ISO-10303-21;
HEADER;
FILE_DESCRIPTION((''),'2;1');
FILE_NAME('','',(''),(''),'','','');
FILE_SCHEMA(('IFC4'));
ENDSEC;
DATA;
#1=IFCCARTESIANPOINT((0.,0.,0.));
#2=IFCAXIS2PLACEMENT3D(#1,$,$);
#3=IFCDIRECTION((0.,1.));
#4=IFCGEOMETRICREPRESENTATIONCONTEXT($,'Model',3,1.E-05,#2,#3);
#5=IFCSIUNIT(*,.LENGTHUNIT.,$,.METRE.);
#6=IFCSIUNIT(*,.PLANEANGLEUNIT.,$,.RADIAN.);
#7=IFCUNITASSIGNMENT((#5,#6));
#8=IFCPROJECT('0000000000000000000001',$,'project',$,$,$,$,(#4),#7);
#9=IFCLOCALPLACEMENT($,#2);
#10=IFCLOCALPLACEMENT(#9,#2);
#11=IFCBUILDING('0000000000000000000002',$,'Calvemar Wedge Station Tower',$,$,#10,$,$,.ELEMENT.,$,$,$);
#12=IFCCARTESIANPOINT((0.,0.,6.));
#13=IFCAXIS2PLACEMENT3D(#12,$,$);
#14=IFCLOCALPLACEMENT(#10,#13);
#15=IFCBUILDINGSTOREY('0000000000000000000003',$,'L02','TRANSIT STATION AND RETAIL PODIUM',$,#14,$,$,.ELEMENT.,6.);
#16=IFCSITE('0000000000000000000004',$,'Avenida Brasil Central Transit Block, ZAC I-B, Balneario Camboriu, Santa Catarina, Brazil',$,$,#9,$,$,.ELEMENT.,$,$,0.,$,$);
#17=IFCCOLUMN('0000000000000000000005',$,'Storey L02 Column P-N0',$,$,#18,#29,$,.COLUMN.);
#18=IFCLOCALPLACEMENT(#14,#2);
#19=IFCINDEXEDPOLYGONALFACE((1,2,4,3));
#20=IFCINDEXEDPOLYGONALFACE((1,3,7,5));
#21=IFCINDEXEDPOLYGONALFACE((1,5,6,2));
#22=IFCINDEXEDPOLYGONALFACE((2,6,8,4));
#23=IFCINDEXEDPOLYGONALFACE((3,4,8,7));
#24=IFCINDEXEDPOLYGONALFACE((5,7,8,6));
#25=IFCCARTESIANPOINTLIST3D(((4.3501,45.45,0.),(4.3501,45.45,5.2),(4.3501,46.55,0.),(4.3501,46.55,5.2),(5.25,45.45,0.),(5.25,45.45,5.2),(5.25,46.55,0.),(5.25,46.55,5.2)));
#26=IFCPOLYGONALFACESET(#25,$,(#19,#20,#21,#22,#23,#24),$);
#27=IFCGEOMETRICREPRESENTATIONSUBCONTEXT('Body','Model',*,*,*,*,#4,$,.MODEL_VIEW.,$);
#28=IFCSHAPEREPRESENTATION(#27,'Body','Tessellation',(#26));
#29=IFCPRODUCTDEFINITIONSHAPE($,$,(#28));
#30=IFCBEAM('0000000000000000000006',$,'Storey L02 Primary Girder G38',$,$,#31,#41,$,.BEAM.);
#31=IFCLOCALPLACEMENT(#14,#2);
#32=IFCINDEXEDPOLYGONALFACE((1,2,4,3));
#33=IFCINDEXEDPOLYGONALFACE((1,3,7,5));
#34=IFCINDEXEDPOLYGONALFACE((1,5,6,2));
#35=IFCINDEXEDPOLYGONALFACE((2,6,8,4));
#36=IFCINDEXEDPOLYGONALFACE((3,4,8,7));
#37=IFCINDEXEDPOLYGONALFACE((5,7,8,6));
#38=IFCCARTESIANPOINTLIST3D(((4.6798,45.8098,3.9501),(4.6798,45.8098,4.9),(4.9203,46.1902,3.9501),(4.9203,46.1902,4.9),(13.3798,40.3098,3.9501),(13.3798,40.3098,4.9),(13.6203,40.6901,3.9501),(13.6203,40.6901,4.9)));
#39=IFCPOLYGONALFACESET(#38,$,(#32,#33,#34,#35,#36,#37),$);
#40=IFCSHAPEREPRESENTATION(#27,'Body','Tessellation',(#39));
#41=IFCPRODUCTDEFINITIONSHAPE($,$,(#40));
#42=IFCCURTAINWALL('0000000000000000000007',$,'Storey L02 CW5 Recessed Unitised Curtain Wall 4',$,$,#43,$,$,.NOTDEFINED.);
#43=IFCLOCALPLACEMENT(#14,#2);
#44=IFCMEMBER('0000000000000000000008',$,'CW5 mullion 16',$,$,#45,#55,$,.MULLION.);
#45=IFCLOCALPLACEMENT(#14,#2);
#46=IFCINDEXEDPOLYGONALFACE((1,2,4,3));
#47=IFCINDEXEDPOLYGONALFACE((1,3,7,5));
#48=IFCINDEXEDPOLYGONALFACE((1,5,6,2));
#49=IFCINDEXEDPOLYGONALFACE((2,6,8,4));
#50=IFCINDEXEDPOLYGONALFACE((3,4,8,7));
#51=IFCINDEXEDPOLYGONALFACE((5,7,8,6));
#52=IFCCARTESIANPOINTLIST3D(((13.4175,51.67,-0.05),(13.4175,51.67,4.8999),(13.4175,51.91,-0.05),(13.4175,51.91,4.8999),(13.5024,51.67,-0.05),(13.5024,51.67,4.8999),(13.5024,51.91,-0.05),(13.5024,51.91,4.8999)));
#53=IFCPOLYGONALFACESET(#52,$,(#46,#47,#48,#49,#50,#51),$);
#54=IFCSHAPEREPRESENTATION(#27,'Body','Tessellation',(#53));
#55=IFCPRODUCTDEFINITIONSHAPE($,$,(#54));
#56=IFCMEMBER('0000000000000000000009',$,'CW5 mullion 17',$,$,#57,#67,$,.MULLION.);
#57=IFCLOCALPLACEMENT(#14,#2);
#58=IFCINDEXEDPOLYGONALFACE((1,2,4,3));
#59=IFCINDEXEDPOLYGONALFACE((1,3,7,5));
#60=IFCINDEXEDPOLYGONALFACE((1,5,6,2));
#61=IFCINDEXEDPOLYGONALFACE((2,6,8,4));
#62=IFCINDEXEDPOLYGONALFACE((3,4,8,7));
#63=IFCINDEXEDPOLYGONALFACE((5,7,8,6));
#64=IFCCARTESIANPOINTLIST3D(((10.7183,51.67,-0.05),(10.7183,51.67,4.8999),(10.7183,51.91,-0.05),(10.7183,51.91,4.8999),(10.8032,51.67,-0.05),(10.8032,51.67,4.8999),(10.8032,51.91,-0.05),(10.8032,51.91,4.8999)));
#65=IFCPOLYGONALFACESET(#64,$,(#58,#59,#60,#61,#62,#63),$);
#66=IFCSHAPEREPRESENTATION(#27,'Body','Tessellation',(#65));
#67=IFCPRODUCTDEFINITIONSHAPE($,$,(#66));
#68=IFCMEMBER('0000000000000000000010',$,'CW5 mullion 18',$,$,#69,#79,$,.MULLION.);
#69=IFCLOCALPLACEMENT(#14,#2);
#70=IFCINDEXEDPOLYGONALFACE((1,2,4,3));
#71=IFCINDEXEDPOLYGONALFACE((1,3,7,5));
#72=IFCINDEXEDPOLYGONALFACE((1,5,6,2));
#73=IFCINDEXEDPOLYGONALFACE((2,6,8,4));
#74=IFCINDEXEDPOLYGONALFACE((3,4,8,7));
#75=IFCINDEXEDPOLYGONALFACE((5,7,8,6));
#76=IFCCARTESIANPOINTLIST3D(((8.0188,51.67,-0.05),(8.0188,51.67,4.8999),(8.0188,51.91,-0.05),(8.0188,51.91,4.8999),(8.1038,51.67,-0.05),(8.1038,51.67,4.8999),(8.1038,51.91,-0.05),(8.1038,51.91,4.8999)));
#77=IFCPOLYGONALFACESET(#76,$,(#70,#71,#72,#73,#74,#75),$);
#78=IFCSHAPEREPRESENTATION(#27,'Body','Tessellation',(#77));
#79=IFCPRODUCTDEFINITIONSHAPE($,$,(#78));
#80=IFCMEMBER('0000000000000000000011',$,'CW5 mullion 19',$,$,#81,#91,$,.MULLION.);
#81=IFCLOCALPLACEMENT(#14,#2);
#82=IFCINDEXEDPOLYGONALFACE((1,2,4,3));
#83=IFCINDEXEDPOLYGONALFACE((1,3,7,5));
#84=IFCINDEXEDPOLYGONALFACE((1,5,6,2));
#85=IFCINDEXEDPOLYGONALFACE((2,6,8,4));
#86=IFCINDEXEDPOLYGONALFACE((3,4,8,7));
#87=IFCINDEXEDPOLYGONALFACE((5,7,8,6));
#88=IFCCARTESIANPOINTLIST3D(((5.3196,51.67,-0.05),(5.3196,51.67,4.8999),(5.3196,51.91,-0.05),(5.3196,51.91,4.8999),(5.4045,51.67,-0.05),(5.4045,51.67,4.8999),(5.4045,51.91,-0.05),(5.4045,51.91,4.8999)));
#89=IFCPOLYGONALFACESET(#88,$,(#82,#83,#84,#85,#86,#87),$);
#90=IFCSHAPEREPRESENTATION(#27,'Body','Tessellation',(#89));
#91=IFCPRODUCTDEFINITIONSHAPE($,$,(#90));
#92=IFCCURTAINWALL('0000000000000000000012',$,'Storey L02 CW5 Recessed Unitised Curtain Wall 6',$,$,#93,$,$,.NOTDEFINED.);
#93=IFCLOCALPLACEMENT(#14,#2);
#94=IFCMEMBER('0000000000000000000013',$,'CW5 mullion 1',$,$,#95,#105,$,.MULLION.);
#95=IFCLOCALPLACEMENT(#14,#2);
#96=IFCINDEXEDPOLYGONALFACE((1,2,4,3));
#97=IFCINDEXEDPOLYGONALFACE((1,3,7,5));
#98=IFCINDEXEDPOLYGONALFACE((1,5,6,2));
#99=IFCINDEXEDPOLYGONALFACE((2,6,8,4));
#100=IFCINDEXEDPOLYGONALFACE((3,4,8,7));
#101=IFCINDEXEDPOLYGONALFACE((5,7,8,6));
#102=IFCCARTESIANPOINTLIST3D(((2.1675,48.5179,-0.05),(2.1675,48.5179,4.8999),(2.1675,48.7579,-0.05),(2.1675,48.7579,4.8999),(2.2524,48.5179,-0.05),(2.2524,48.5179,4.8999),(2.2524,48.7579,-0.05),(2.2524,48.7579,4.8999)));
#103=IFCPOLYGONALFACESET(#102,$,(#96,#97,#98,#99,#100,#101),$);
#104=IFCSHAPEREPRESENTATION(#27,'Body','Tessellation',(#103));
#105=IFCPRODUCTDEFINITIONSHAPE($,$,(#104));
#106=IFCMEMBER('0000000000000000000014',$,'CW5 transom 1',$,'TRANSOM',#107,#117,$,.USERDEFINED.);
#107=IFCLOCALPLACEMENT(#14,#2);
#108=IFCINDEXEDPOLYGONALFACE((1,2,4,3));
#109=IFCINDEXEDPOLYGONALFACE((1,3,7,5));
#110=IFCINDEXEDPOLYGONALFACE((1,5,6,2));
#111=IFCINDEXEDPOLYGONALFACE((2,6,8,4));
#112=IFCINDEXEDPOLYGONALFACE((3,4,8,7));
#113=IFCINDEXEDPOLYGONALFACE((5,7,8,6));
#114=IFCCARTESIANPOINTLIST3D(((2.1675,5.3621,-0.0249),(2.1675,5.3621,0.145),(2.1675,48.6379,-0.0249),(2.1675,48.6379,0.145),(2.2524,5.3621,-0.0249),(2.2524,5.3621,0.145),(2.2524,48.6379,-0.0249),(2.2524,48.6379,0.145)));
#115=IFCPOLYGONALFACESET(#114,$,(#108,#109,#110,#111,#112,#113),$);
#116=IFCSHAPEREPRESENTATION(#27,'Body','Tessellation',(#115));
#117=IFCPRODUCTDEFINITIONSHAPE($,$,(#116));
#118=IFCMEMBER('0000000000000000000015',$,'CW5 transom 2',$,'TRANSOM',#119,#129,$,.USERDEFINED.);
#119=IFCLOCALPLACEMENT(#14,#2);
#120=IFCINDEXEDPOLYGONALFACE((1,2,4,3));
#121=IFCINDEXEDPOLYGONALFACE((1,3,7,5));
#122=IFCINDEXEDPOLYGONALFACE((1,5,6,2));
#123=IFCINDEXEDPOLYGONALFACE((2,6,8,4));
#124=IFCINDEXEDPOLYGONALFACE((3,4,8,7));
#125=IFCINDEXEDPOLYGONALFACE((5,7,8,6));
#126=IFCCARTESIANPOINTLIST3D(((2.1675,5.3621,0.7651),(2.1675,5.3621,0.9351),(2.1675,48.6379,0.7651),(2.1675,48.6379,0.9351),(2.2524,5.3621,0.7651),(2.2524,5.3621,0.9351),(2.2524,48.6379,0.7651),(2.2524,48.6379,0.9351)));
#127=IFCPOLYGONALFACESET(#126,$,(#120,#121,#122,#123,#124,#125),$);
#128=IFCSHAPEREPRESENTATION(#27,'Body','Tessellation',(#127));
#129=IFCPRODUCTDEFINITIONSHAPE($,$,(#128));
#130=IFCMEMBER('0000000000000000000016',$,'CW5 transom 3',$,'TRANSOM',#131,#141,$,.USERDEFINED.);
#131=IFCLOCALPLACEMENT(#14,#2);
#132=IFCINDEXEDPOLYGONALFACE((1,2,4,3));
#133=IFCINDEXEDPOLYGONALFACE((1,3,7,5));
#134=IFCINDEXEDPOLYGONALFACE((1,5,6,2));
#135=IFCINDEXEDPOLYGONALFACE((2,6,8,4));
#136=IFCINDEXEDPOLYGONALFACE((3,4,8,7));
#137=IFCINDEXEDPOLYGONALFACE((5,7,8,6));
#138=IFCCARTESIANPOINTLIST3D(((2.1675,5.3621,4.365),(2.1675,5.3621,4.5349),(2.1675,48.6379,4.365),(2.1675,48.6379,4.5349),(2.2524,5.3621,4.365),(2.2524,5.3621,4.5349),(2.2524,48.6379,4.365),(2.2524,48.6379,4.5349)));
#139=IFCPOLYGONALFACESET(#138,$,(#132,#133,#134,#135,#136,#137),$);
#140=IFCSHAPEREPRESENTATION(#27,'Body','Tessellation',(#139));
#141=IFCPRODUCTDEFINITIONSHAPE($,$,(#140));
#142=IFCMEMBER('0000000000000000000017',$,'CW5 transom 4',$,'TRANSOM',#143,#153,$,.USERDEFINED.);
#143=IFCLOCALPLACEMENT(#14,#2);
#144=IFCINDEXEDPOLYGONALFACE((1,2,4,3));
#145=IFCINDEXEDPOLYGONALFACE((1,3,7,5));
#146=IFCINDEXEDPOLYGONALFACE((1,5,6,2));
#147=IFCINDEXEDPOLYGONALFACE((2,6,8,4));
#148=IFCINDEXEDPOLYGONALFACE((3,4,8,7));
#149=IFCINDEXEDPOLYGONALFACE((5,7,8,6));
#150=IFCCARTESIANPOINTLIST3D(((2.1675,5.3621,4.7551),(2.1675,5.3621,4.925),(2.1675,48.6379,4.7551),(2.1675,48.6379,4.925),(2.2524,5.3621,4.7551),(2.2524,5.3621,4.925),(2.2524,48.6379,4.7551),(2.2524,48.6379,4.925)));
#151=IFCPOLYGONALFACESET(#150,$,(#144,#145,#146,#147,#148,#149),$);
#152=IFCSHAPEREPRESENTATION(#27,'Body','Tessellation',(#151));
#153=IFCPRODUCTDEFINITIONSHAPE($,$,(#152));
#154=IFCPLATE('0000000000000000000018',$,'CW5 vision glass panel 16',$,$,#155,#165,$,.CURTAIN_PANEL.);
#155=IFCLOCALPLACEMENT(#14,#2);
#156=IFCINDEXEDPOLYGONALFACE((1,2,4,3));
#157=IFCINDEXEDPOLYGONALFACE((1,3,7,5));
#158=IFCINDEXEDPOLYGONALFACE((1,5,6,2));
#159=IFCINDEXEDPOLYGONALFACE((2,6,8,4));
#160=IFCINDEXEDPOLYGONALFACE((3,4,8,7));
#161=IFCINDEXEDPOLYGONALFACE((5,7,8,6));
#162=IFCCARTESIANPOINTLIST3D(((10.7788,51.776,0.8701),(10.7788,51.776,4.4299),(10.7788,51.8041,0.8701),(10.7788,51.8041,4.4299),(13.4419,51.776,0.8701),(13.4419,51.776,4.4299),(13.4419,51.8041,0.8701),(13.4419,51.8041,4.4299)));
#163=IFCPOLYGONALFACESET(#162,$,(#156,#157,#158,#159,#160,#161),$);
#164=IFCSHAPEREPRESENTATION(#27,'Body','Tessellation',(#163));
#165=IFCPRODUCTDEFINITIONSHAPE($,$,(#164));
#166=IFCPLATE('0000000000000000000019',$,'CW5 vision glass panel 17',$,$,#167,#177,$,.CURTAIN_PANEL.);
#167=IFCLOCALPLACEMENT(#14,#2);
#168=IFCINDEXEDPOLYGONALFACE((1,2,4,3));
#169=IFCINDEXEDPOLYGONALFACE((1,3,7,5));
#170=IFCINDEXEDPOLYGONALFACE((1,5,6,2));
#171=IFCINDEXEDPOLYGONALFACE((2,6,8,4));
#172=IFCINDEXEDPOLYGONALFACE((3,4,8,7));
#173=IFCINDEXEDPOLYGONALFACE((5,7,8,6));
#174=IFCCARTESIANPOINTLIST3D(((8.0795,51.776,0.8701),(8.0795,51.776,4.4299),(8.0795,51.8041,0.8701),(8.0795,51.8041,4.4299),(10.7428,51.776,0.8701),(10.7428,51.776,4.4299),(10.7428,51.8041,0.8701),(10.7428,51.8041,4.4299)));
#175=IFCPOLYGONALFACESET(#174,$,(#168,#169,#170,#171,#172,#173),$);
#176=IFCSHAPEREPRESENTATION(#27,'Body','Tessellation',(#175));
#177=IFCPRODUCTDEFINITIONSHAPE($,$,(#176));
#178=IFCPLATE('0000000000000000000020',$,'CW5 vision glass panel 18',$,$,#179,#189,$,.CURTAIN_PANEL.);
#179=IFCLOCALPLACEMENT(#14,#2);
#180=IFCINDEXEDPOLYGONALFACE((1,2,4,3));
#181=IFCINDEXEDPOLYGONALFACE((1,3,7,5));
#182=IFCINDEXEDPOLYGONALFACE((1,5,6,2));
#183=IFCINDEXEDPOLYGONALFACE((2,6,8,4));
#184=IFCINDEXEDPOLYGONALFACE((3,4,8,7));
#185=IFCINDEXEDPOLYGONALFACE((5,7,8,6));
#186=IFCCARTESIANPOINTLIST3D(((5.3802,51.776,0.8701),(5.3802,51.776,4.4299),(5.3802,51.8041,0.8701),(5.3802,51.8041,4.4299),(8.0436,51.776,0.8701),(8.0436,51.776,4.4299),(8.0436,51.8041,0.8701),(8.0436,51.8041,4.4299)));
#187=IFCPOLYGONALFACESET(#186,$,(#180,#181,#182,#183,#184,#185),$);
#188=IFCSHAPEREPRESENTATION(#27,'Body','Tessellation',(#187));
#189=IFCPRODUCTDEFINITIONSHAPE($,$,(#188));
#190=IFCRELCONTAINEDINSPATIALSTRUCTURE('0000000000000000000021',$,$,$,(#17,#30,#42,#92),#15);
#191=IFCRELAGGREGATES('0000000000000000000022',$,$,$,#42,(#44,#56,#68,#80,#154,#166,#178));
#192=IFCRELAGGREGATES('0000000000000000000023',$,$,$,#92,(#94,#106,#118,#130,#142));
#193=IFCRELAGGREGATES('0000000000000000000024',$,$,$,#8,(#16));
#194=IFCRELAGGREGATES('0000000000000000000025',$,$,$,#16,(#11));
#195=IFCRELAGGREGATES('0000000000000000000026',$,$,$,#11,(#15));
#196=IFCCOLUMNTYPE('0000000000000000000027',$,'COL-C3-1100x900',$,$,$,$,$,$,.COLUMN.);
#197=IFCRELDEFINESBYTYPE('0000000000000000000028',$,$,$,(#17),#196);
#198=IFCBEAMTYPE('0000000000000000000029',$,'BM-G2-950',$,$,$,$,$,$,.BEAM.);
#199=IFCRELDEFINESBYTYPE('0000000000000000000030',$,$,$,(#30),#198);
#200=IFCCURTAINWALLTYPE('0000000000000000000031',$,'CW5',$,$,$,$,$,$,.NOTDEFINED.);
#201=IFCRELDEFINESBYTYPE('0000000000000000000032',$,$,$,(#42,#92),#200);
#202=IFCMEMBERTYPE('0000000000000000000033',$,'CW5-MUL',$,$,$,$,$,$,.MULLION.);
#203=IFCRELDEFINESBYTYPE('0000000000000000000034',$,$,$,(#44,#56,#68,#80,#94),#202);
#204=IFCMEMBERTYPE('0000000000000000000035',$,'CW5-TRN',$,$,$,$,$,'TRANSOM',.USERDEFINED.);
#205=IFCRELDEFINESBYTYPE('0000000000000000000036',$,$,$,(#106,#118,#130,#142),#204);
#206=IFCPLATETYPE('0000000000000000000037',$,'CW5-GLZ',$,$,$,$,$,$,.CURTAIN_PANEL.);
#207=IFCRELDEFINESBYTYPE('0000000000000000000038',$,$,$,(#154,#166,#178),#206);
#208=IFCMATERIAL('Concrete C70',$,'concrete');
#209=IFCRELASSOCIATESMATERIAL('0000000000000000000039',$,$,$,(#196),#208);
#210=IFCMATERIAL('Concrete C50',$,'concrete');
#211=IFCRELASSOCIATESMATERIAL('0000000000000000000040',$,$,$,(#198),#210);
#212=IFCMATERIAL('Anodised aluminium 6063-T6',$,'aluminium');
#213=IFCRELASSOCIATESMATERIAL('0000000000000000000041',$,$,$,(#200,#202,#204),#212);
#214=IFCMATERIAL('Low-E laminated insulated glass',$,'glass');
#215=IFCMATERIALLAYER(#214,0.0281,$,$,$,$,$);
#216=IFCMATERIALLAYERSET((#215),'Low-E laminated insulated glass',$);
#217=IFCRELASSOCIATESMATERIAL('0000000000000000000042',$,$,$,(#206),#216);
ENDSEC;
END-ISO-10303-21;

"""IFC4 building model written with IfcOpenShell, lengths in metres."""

from ifc_helpers import new_model, si_unit, direction, frame, frame_2d, origin, origin_2d, place, context, subcontext, project, spatial, rectangle, extrude, source, transform, mapped, material, layer, layer_set, material_profile, profile_set, type_object, element, aggregate, save


model = new_model("IFC4")

# Units and contexts
model_context = context("Model", 3, precision=1e-05, world=origin(), true_north=direction((0.0, 1.0)))
body_context = subcontext(model_context, "Body", "Model", "MODEL_VIEW")
ifc_project = project(units=[si_unit("LENGTHUNIT", "METRE"), si_unit("PLANEANGLEUNIT", "RADIAN")], contexts=[model_context])

# Site, building, storey
site_placement = place(None, origin())
site = spatial("IfcSite", under=ifc_project, at=site_placement, Name="Avenida Brasil Central Transit Block, ZAC I-B, Balneario Camboriu, Santa Catarina, Brazil", CompositionType="ELEMENT", RefElevation=0.0)
building_placement = place(site_placement, origin())
building = spatial("IfcBuilding", under=site, at=building_placement, Name="Calvemar Wedge Station Tower", CompositionType="ELEMENT")
storey_placement = place(building_placement, frame((0.0, 0.0, 6.0)))
storey = spatial("IfcBuildingStorey", under=building, at=storey_placement, Name="L02", Description="TRANSIT STATION AND RETAIL PODIUM", CompositionType="ELEMENT", Elevation=6.0)

# Column
ifc_material_1 = material(Name="Concrete C70", Category="concrete")
ifc_material_profile_1 = material_profile(ifc_material_1, rectangle(XDim=0.8999, YDim=1.1001, at=origin_2d()), Name="RC1100x900")
ifc_profile_set_1 = profile_set([ifc_material_profile_1], Name="Concrete C70")
column_type = type_object("IfcColumnType", Name="COL-C3-1100x900", PredefinedType="COLUMN", material=ifc_profile_set_1)
shared_shape_1 = source(origin(), body_context, "Body", "SweptSolid", [
    extrude(rectangle(XDim=0.8999, YDim=1.1001, at=origin_2d()), origin(), (0.0, 0.0, 1.0), 5.2),
])
column_placement = place(storey_placement, frame((4.8, 46.0, 0.0), z_axis=(0.0, 0.0, 1.0), x_axis=(1.0, 0.0, 0.0)))
element("IfcColumn", 1, at=column_placement, inside=storey, type_object=column_type, Name="Storey L02 Column P-N0", PredefinedType="COLUMN", context=body_context, shape_type="MappedRepresentation", body=[
    mapped(shared_shape_1, transform((0.0, 0.0, 0.0), scale=1.0)),
])

# Beam
ifc_material_2 = material(Name="Concrete C50", Category="concrete")
ifc_material_profile_2 = material_profile(ifc_material_2, rectangle(XDim=0.45, YDim=0.95, at=origin_2d()), Name="RC450x950")
ifc_profile_set_2 = profile_set([ifc_material_profile_2], Name="Concrete C50")
beam_type = type_object("IfcBeamType", Name="BM-G2-950", PredefinedType="BEAM", material=ifc_profile_set_2)
shared_shape_2 = source(origin(), body_context, "Body", "SweptSolid", [
    extrude(rectangle(XDim=0.45, YDim=0.95, at=origin_2d()), origin(), (0.0, 0.0, 1.0), 10.2927),
])
beam_placement = place(storey_placement, frame((4.8, 46.0, 4.425), z_axis=(0.845257, -0.534361, 0.0), x_axis=(0.534361, 0.845257, 0.0)))
element("IfcBeam", 2, at=beam_placement, inside=storey, type_object=beam_type, Name="Storey L02 Primary Girder G38", PredefinedType="BEAM", context=body_context, shape_type="MappedRepresentation", body=[
    mapped(shared_shape_2, transform((0.0, 0.0, 0.0), scale=1.0)),
])

# Curtain walls, members
ifc_material_3 = material(Name="Anodised aluminium 6063-T6", Category="aluminium")
curtain_wall_type = type_object("IfcCurtainWallType", Name="CW5", PredefinedType="NOTDEFINED", material=ifc_material_3)
curtain_wall_1_placement = place(storey_placement, origin())
curtain_wall_1 = element("IfcCurtainWall", 3, at=curtain_wall_1_placement, inside=storey, type_object=curtain_wall_type, Name="Storey L02 CW5 Recessed Unitised Curtain Wall 4", PredefinedType="NOTDEFINED")
ifc_material_profile_3 = material_profile(ifc_material_3, rectangle(XDim=0.085, YDim=0.24, at=origin_2d()), Name="AL-MUL-85x240")
ifc_profile_set_3 = profile_set([ifc_material_profile_3], Name="Anodised aluminium 6063-T6")
member_type_1 = type_object("IfcMemberType", Name="CW5-MUL", PredefinedType="MULLION", material=ifc_profile_set_3)
shared_shape_3 = source(origin(), body_context, "Body", "SweptSolid", [
    extrude(rectangle(XDim=0.085, YDim=0.24, at=origin_2d()), origin(), (0.0, 0.0, 1.0), 4.95),
])
member_1_placement = place(storey_placement, frame((13.46, 51.79, -0.05), z_axis=(0.0, 0.0, 1.0), x_axis=(1.0, 0.0, 0.0)))
member_1 = element("IfcMember", 4, at=member_1_placement, type_object=member_type_1, Name="CW5 mullion 16", PredefinedType="MULLION", context=body_context, shape_type="MappedRepresentation", body=[
    mapped(shared_shape_3, transform((0.0, 0.0, 0.0), scale=1.0)),
])
member_2_placement = place(storey_placement, frame((10.7607, 51.79, -0.05), z_axis=(0.0, 0.0, 1.0), x_axis=(1.0, 0.0, 0.0)))
member_2 = element("IfcMember", 5, at=member_2_placement, type_object=member_type_1, Name="CW5 mullion 17", PredefinedType="MULLION", context=body_context, shape_type="MappedRepresentation", body=[
    mapped(shared_shape_3, transform((0.0, 0.0, 0.0), scale=1.0)),
])
member_3_placement = place(storey_placement, frame((8.0613, 51.79, -0.05), z_axis=(0.0, 0.0, 1.0), x_axis=(1.0, 0.0, 0.0)))
member_3 = element("IfcMember", 6, at=member_3_placement, type_object=member_type_1, Name="CW5 mullion 18", PredefinedType="MULLION", context=body_context, shape_type="MappedRepresentation", body=[
    mapped(shared_shape_3, transform((0.0, 0.0, 0.0), scale=1.0)),
])
member_4_placement = place(storey_placement, frame((5.3621, 51.79, -0.05), z_axis=(0.0, 0.0, 1.0), x_axis=(1.0, 0.0, 0.0)))
member_4 = element("IfcMember", 7, at=member_4_placement, type_object=member_type_1, Name="CW5 mullion 19", PredefinedType="MULLION", context=body_context, shape_type="MappedRepresentation", body=[
    mapped(shared_shape_3, transform((0.0, 0.0, 0.0), scale=1.0)),
])
curtain_wall_2_placement = place(storey_placement, origin())
curtain_wall_2 = element("IfcCurtainWall", 8, at=curtain_wall_2_placement, inside=storey, type_object=curtain_wall_type, Name="Storey L02 CW5 Recessed Unitised Curtain Wall 6", PredefinedType="NOTDEFINED")
member_5_placement = place(storey_placement, frame((2.21, 48.6379, -0.05), z_axis=(0.0, 0.0, 1.0), x_axis=(1.0, 0.0, 0.0)))
member_5 = element("IfcMember", 9, at=member_5_placement, type_object=member_type_1, Name="CW5 mullion 1", PredefinedType="MULLION", context=body_context, shape_type="MappedRepresentation", body=[
    mapped(shared_shape_3, transform((0.0, 0.0, 0.0), scale=1.0)),
])
ifc_material_profile_4 = material_profile(ifc_material_3, rectangle(XDim=0.085, YDim=0.1699, at=origin_2d()), Name="AL-TRN-85x170")
ifc_profile_set_4 = profile_set([ifc_material_profile_4], Name="Anodised aluminium 6063-T6")
member_type_2 = type_object("IfcMemberType", Name="CW5-TRN", ElementType="TRANSOM", PredefinedType="USERDEFINED", material=ifc_profile_set_4)
shared_shape_4 = source(origin(), body_context, "Body", "SweptSolid", [
    extrude(rectangle(XDim=0.085, YDim=0.1699, at=origin_2d()), origin(), (0.0, 0.0, 1.0), 43.2759),
])
member_6_placement = place(storey_placement, frame((2.21, 48.6379, 0.0601), z_axis=(0.0, -1.0, 0.0), x_axis=(1.0, 0.0, 0.0)))
member_6 = element("IfcMember", 10, at=member_6_placement, type_object=member_type_2, Name="CW5 transom 1", ObjectType="TRANSOM", PredefinedType="USERDEFINED", context=body_context, shape_type="MappedRepresentation", body=[
    mapped(shared_shape_4, transform((0.0, 0.0, 0.0), scale=1.0)),
])
member_7_placement = place(storey_placement, frame((2.21, 48.6379, 0.8501), z_axis=(0.0, -1.0, 0.0), x_axis=(1.0, 0.0, 0.0)))
member_7 = element("IfcMember", 11, at=member_7_placement, type_object=member_type_2, Name="CW5 transom 2", ObjectType="TRANSOM", PredefinedType="USERDEFINED", context=body_context, shape_type="MappedRepresentation", body=[
    mapped(shared_shape_4, transform((0.0, 0.0, 0.0), scale=1.0)),
])
member_8_placement = place(storey_placement, frame((2.21, 48.6379, 4.45), z_axis=(0.0, -1.0, 0.0), x_axis=(1.0, 0.0, 0.0)))
member_8 = element("IfcMember", 12, at=member_8_placement, type_object=member_type_2, Name="CW5 transom 3", ObjectType="TRANSOM", PredefinedType="USERDEFINED", context=body_context, shape_type="MappedRepresentation", body=[
    mapped(shared_shape_4, transform((0.0, 0.0, 0.0), scale=1.0)),
])
member_9_placement = place(storey_placement, frame((2.21, 48.6379, 4.8401), z_axis=(0.0, -1.0, 0.0), x_axis=(1.0, 0.0, 0.0)))
member_9 = element("IfcMember", 13, at=member_9_placement, type_object=member_type_2, Name="CW5 transom 4", ObjectType="TRANSOM", PredefinedType="USERDEFINED", context=body_context, shape_type="MappedRepresentation", body=[
    mapped(shared_shape_4, transform((0.0, 0.0, 0.0), scale=1.0)),
])

# Plates
ifc_material_4 = material(Name="Low-E laminated insulated glass", Category="glass")
ifc_layer_1 = layer(ifc_material_4, 0.0281)
ifc_layer_set_1 = layer_set([ifc_layer_1], Name="Low-E laminated insulated glass")
plate_type_1 = type_object("IfcPlateType", Name="CW5-GLZ", PredefinedType="CURTAIN_PANEL", material=ifc_layer_set_1)
plate_1_placement = place(storey_placement, frame((13.4419, 51.79, 0.8701), z_axis=(0.0, 0.0, 1.0), x_axis=(-1.0, 0.0, 0.0)))
plate_1 = element("IfcPlate", 14, at=plate_1_placement, type_object=plate_type_1, Name="CW5 vision glass panel 16", PredefinedType="CURTAIN_PANEL", context=body_context, shape_type="SweptSolid", body=[
    extrude(rectangle(XDim=2.6631, YDim=0.0281, at=frame_2d((1.3315, 0.0))), origin(), (0.0, 0.0, 1.0), 3.5598),
])
plate_2_placement = place(storey_placement, frame((10.7427, 51.79, 0.8701), z_axis=(0.0, 0.0, 1.0), x_axis=(-1.0, 0.0, 0.0)))
plate_2 = element("IfcPlate", 15, at=plate_2_placement, type_object=plate_type_1, Name="CW5 vision glass panel 17", PredefinedType="CURTAIN_PANEL", context=body_context, shape_type="SweptSolid", body=[
    extrude(rectangle(XDim=2.6633, YDim=0.0281, at=frame_2d((1.3315, 0.0))), origin(), (0.0, 0.0, 1.0), 3.5598),
])
plate_3_placement = place(storey_placement, frame((8.0435, 51.79, 0.8701), z_axis=(0.0, 0.0, 1.0), x_axis=(-1.0, 0.0, 0.0)))
plate_3 = element("IfcPlate", 16, at=plate_3_placement, type_object=plate_type_1, Name="CW5 vision glass panel 18", PredefinedType="CURTAIN_PANEL", context=body_context, shape_type="SweptSolid", body=[
    extrude(rectangle(XDim=2.6633, YDim=0.0281, at=frame_2d((1.3315, 0.0))), origin(), (0.0, 0.0, 1.0), 3.5598),
])
aggregate(curtain_wall_1, [member_1, member_2, member_3, member_4, plate_1, plate_2, plate_3])
aggregate(curtain_wall_2, [member_5, member_6, member_7, member_8, member_9])

save(model, "model.ifc")
